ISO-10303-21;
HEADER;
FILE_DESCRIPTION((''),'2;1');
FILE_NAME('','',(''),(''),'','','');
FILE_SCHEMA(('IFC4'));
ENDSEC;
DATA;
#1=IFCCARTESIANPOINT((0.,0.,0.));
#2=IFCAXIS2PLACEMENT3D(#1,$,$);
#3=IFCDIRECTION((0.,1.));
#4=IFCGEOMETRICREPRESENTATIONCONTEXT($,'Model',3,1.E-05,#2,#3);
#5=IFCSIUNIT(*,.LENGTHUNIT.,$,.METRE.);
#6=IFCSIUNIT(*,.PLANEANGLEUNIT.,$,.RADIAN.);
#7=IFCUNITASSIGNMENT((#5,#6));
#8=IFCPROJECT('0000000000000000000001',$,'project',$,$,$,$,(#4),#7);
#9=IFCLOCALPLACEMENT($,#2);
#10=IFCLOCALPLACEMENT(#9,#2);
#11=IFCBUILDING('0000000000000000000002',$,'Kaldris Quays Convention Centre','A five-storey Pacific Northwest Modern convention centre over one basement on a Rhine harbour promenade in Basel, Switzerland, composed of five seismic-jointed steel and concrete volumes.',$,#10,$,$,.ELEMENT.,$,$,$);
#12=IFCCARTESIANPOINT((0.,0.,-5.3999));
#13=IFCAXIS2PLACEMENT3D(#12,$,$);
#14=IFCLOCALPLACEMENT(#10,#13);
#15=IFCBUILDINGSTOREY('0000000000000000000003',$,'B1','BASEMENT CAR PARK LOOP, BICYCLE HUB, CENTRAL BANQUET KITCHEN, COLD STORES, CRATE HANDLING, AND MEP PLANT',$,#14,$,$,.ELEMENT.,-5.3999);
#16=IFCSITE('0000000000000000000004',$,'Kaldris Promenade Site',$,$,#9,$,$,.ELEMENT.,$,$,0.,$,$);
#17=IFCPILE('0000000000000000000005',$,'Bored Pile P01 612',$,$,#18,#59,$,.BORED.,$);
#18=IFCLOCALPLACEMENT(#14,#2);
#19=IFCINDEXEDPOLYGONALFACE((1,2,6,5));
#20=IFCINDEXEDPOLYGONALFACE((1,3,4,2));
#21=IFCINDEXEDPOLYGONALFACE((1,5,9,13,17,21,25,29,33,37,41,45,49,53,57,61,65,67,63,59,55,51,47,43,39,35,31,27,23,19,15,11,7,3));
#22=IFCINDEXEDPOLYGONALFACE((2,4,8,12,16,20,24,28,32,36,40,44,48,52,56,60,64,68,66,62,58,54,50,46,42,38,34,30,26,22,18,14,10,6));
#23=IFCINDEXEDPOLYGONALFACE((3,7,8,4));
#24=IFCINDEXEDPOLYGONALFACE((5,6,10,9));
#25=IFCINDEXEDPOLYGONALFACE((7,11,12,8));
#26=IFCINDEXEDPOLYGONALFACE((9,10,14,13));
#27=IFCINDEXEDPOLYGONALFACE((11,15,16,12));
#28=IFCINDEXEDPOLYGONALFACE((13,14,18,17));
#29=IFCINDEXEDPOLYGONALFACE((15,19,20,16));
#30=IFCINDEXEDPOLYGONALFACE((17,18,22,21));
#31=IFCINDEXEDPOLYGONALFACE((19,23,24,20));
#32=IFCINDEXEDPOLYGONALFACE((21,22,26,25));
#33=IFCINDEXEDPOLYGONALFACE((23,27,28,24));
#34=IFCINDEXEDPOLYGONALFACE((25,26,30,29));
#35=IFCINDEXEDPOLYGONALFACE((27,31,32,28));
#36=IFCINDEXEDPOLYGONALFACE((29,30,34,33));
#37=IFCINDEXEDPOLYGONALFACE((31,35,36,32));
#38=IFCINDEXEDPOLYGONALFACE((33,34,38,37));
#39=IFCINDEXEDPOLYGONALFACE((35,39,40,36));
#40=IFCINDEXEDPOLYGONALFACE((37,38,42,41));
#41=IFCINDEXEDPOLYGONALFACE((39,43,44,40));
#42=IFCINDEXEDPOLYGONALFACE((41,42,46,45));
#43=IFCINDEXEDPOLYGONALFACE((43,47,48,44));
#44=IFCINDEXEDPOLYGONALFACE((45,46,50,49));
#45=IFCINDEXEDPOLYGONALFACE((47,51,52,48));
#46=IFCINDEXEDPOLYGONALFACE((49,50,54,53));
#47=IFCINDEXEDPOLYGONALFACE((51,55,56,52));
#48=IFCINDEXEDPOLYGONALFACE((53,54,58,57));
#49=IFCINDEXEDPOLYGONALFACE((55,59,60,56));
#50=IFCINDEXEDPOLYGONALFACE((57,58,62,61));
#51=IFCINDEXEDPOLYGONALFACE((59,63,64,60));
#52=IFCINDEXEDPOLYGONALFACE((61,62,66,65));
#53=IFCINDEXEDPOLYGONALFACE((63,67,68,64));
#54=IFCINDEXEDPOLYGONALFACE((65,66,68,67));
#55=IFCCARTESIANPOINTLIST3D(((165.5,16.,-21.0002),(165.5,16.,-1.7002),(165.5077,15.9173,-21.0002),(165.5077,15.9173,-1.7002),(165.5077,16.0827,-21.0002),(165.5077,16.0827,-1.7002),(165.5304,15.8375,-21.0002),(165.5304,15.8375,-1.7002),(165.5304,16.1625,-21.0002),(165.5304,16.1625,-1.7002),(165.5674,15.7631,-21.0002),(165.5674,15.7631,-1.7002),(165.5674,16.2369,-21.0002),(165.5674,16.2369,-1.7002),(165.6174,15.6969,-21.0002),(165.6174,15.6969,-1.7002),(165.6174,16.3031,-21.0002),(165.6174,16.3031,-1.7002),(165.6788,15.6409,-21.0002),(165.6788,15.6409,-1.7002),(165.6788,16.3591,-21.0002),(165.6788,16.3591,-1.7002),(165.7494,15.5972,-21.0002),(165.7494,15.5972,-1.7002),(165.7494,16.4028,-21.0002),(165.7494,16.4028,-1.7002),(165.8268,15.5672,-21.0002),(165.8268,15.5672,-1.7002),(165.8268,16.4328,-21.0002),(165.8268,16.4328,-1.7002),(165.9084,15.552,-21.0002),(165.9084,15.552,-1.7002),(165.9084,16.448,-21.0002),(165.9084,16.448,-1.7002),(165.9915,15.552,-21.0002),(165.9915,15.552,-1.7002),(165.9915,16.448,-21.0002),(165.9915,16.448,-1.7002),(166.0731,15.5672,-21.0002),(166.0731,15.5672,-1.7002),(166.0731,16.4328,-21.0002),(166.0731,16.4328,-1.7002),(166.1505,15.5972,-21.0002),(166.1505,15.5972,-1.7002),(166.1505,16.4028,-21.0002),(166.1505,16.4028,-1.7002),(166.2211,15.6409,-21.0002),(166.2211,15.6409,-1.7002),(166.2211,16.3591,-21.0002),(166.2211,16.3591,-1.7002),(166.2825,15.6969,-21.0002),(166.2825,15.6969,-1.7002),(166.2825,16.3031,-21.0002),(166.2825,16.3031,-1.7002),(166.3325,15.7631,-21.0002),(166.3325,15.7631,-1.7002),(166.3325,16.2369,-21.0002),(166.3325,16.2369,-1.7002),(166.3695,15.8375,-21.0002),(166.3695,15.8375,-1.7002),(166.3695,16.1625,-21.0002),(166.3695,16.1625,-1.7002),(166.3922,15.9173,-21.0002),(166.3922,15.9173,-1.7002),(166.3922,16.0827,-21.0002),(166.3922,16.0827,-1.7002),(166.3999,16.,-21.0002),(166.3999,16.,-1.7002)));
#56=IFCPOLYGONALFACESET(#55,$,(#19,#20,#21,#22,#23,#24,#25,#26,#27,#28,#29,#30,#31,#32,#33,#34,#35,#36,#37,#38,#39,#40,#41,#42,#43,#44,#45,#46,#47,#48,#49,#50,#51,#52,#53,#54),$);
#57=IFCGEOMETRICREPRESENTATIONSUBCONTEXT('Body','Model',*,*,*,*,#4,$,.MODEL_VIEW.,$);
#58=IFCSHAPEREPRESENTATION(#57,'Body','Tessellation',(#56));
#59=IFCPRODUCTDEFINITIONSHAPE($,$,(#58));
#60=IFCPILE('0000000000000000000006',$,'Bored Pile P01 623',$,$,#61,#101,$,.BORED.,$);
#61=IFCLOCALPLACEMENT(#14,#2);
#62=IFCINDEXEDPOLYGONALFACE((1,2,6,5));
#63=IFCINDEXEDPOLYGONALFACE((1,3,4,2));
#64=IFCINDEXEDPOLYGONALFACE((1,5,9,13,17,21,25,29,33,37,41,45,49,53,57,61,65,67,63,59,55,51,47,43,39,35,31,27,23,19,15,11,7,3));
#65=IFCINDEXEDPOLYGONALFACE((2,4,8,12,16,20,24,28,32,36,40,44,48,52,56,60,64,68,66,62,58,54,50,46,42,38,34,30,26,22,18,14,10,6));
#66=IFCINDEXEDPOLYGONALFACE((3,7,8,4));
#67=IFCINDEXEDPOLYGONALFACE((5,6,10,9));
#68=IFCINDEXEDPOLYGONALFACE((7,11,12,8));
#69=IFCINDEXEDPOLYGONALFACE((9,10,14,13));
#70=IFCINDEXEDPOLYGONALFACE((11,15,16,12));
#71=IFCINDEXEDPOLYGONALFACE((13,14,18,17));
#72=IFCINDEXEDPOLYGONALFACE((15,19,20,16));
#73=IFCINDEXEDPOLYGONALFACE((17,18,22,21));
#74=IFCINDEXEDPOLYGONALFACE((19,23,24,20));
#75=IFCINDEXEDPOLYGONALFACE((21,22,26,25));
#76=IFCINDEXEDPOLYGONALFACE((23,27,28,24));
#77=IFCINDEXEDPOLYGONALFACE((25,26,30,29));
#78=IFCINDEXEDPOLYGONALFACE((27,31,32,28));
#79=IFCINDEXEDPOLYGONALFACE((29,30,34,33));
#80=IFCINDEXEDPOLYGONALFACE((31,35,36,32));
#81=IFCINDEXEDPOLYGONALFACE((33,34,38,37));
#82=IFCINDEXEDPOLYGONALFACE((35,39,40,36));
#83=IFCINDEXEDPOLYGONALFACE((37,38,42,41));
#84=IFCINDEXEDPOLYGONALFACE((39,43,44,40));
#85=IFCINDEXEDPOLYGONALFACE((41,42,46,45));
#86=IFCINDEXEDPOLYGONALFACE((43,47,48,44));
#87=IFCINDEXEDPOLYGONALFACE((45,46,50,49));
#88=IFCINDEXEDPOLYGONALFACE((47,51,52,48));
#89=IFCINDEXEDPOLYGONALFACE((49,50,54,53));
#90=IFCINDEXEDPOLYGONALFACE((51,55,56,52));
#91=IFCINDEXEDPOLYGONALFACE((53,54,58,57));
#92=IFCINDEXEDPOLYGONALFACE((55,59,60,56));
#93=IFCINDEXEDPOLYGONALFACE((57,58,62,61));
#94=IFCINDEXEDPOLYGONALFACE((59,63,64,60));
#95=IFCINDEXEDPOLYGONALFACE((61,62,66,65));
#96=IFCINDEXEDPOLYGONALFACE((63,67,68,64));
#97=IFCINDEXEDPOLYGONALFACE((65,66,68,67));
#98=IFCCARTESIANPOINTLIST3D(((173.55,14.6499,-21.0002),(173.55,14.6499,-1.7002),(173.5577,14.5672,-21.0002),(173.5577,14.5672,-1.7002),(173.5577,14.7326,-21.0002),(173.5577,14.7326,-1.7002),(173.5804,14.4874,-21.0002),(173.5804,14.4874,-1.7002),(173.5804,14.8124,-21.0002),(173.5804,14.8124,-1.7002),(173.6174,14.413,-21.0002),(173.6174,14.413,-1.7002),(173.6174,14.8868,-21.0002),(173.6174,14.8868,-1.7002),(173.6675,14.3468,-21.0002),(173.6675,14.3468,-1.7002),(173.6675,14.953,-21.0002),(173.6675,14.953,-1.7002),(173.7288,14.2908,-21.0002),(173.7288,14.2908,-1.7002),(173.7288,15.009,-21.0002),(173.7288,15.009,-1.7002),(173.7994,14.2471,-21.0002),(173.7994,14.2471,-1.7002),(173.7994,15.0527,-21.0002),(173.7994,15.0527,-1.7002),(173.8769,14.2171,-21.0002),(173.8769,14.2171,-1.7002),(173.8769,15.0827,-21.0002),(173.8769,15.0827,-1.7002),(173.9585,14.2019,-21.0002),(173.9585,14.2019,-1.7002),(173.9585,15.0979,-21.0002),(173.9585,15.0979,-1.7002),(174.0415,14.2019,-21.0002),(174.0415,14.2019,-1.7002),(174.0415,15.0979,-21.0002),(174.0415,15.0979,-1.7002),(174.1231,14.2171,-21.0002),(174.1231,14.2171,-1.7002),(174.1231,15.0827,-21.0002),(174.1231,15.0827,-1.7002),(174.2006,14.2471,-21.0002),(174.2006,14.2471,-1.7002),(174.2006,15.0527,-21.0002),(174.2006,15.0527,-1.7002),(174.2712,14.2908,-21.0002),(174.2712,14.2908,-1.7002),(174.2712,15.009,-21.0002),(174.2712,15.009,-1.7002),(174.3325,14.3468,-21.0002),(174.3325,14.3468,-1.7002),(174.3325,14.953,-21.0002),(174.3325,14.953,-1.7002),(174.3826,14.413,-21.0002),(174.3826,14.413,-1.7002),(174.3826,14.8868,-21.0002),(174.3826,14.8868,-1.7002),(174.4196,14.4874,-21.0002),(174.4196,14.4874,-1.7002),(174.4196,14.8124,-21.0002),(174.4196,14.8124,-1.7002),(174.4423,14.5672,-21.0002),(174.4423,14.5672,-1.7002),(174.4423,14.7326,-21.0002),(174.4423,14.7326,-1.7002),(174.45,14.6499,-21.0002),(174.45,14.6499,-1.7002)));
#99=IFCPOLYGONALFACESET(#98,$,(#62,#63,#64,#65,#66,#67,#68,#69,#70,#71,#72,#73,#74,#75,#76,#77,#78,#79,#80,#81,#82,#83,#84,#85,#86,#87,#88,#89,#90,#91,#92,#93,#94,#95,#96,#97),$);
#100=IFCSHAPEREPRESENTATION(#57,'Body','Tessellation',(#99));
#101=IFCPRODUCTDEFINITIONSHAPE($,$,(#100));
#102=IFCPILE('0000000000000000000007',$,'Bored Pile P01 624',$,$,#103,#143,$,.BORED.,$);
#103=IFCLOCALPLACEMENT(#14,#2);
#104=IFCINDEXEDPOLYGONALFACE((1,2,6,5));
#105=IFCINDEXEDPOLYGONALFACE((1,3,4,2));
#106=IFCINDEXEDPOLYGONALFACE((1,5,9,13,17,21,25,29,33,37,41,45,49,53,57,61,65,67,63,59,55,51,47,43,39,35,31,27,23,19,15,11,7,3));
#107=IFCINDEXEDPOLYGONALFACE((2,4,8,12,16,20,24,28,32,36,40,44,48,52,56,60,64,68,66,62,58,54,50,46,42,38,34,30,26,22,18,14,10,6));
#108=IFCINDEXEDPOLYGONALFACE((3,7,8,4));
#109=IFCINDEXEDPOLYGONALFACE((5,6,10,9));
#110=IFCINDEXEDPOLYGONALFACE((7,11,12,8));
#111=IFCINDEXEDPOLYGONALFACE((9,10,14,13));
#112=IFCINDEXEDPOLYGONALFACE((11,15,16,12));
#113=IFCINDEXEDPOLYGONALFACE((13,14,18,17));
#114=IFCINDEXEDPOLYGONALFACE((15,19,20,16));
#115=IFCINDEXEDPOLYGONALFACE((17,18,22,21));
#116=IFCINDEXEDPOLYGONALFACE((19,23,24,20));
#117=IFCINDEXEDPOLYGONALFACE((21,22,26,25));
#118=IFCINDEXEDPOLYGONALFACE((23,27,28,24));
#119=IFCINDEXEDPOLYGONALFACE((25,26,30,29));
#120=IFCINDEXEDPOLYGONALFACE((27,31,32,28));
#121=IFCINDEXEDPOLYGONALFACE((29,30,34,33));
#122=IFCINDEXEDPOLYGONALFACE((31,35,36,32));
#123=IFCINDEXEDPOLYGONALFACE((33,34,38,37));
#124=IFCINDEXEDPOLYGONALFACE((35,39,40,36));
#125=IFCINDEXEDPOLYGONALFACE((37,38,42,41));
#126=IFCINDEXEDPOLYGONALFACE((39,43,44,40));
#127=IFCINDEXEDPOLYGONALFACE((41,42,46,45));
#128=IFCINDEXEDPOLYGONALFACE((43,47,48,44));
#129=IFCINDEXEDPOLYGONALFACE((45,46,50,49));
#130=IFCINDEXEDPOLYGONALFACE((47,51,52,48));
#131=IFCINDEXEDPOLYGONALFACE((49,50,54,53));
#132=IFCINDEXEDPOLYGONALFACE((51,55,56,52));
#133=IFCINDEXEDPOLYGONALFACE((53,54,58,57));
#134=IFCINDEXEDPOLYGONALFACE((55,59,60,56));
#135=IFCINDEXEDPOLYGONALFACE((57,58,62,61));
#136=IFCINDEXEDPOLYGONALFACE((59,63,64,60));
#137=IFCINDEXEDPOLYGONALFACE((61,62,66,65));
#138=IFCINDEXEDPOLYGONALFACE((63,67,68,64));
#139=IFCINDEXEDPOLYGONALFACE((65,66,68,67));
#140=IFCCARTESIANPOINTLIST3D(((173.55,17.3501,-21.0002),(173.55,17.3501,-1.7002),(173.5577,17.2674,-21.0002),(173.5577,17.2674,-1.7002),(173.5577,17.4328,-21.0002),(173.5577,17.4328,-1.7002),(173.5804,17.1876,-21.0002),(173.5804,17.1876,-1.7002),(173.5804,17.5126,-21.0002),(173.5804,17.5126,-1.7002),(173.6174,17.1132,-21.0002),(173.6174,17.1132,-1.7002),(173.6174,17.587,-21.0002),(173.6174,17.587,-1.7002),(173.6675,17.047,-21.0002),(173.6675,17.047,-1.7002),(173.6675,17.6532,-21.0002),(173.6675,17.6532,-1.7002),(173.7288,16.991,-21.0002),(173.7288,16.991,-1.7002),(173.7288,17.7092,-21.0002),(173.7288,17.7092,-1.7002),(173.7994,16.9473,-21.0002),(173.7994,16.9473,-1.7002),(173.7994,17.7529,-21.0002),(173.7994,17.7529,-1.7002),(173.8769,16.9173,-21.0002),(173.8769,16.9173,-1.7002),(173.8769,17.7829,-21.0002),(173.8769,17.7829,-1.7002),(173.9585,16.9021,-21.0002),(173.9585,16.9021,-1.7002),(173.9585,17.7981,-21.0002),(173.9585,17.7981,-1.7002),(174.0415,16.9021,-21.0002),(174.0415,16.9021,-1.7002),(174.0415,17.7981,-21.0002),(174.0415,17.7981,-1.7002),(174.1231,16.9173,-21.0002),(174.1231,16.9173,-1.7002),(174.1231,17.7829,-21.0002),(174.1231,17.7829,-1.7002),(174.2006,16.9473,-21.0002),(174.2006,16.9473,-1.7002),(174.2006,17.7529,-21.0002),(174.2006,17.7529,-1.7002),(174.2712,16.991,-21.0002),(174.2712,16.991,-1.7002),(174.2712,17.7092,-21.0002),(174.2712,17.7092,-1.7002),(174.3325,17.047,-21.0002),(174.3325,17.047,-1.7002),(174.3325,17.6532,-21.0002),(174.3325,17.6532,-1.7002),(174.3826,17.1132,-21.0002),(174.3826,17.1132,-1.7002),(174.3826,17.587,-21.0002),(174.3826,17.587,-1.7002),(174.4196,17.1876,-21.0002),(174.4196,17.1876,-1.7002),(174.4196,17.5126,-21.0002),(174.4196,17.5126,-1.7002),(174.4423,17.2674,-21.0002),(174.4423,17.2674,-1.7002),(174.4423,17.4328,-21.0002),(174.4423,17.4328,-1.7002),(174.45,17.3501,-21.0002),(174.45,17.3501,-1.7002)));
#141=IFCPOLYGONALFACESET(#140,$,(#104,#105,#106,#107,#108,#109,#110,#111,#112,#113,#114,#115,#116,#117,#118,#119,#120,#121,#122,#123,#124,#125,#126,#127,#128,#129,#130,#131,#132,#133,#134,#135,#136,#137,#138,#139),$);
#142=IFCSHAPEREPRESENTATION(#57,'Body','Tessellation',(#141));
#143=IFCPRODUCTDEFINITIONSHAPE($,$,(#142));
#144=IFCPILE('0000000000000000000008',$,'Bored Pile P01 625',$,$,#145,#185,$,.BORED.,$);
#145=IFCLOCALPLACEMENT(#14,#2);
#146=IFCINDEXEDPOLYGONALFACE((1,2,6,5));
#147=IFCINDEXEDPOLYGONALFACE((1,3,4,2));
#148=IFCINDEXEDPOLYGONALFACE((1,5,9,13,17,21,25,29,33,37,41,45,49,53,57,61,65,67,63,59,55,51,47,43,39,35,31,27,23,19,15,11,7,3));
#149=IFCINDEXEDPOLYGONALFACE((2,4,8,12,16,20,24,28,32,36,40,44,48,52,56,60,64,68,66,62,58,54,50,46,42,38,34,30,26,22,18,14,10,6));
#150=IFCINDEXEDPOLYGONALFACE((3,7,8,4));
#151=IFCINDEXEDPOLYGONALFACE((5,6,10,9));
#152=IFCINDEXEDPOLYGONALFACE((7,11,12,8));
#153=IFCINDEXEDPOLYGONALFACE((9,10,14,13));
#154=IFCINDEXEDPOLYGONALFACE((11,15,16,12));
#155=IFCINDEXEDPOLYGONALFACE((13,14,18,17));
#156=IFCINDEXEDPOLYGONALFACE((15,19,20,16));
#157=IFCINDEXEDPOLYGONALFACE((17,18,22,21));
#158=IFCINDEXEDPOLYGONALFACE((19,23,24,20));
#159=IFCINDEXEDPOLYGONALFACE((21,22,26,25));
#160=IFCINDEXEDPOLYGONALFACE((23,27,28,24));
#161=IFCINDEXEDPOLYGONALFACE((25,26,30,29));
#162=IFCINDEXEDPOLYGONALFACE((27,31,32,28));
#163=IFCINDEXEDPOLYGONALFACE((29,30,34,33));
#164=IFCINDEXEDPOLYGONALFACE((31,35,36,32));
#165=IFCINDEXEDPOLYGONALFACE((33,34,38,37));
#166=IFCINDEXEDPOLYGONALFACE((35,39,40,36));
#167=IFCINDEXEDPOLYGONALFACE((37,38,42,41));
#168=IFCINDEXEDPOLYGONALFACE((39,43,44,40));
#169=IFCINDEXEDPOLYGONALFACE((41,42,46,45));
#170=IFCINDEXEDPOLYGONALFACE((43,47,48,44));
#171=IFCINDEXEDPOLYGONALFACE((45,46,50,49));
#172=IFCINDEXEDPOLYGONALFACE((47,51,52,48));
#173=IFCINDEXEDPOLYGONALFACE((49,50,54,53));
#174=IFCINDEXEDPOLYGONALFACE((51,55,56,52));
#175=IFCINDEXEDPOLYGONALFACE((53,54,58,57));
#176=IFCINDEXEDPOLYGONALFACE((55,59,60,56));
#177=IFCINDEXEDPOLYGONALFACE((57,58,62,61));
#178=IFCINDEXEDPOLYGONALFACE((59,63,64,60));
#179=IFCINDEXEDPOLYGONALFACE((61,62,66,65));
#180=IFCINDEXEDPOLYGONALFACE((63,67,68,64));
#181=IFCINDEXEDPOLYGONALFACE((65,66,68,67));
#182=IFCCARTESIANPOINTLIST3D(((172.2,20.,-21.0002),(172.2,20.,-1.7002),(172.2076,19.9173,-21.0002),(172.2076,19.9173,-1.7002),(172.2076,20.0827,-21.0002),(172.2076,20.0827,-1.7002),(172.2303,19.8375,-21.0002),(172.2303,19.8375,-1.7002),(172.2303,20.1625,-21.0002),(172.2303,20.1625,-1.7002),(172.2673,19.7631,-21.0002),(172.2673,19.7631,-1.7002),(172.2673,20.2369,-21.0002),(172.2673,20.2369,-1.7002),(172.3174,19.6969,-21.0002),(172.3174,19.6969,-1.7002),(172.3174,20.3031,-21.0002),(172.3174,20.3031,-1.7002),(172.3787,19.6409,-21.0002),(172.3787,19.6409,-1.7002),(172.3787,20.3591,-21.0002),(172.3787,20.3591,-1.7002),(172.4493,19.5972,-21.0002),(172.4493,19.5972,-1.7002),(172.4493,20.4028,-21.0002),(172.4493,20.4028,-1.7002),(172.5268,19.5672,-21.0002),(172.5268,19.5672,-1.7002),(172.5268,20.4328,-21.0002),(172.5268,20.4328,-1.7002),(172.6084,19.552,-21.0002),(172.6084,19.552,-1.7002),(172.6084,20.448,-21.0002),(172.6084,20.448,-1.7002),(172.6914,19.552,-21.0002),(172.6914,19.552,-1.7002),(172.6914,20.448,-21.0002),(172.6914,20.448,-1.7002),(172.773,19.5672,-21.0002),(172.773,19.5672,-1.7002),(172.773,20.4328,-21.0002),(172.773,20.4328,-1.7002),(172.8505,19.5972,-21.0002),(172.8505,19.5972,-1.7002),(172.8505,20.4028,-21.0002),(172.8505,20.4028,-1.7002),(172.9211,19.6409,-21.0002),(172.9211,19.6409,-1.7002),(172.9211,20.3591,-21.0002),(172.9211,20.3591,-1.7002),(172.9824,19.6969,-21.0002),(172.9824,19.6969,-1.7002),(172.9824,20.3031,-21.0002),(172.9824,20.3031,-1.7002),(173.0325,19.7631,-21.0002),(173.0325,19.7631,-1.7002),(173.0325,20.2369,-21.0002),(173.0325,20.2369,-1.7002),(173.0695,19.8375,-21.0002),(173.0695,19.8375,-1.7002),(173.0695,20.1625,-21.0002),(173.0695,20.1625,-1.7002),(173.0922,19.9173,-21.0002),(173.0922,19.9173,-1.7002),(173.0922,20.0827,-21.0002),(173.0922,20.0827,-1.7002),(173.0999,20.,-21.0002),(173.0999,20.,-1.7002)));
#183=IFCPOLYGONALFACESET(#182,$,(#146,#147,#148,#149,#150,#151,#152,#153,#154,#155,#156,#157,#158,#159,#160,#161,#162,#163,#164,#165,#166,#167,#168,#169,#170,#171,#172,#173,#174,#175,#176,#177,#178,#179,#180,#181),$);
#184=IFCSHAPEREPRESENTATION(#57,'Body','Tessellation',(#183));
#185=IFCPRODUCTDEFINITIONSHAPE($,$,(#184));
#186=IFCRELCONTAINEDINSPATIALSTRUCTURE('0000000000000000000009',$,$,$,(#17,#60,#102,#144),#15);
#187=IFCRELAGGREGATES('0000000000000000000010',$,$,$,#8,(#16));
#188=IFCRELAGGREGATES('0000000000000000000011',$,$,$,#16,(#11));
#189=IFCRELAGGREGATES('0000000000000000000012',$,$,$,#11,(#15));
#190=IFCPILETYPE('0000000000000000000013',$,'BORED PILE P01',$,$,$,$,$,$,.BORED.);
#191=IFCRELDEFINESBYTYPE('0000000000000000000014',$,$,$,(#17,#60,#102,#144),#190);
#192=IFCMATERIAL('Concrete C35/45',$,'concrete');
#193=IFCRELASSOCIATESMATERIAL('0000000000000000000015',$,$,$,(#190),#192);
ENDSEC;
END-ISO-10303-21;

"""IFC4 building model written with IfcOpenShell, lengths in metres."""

from ifc_helpers import new_model, si_unit, direction, frame, origin, origin_2d, place, context, subcontext, project, spatial, circle, extrude, material, material_profile, profile_set, type_object, element, save


model = new_model("IFC4")

# Units and contexts
model_context = context("Model", 3, precision=1e-05, world=origin(), true_north=direction((0.0, 1.0)))
body_context = subcontext(model_context, "Body", "Model", "MODEL_VIEW")
ifc_project = project(units=[si_unit("LENGTHUNIT", "METRE"), si_unit("PLANEANGLEUNIT", "RADIAN")], contexts=[model_context])

# Site, building, storey
site_placement = place(None, origin())
site = spatial("IfcSite", under=ifc_project, at=site_placement, Name="Kaldris Promenade Site", CompositionType="ELEMENT", RefElevation=0.0)
building_placement = place(site_placement, origin())
building = spatial("IfcBuilding", under=site, at=building_placement, Name="Kaldris Quays Convention Centre", Description="A five-storey Pacific Northwest Modern convention centre over one basement on a Rhine harbour promenade in Basel, Switzerland, composed of five seismic-jointed steel and concrete volumes.", CompositionType="ELEMENT")
storey_placement = place(building_placement, frame((0.0, 0.0, -5.3999)))
storey = spatial("IfcBuildingStorey", under=building, at=storey_placement, Name="B1", Description="BASEMENT CAR PARK LOOP, BICYCLE HUB, CENTRAL BANQUET KITCHEN, COLD STORES, CRATE HANDLING, AND MEP PLANT", CompositionType="ELEMENT", Elevation=-5.3999)

# Piles
ifc_material_1 = material(Name="Concrete C35/45", Category="concrete")
ifc_material_profile_1 = material_profile(ifc_material_1, circle(Radius=0.45, at=origin_2d()), Name="BORED PILE D900")
ifc_profile_set_1 = profile_set([ifc_material_profile_1], Name="Concrete C35/45")
pile_type = type_object("IfcPileType", Name="BORED PILE P01", PredefinedType="BORED", material=ifc_profile_set_1)
for number, where, z_axis, x_axis, name in (
    (1, (165.95, 16.0, -1.7002), (0.0, 0.0, -1.0), (1.0, 0.0, 0.0), "Bored Pile P01 612"),
    (2, (174.0, 14.6499, -1.7002), (0.0, 0.0, -1.0), (1.0, 0.0, 0.0), "Bored Pile P01 623"),
    (3, (174.0, 17.3501, -1.7002), (0.0, 0.0, -1.0), (1.0, 0.0, 0.0), "Bored Pile P01 624"),
    (4, (172.6499, 20.0, -1.7002), (0.0, 0.0, -1.0), (1.0, 0.0, 0.0), "Bored Pile P01 625"),
):
    element("IfcPile", number, at=place(storey_placement, frame(where, z_axis=z_axis, x_axis=x_axis)), inside=storey, type_object=pile_type, Name=name, PredefinedType="BORED", context=body_context, shape_type="SweptSolid", body=[
        extrude(circle(Radius=0.45, at=origin_2d()), origin(), (0.0, 0.0, 1.0), 19.3),
    ])

save(model, "model.ifc")
